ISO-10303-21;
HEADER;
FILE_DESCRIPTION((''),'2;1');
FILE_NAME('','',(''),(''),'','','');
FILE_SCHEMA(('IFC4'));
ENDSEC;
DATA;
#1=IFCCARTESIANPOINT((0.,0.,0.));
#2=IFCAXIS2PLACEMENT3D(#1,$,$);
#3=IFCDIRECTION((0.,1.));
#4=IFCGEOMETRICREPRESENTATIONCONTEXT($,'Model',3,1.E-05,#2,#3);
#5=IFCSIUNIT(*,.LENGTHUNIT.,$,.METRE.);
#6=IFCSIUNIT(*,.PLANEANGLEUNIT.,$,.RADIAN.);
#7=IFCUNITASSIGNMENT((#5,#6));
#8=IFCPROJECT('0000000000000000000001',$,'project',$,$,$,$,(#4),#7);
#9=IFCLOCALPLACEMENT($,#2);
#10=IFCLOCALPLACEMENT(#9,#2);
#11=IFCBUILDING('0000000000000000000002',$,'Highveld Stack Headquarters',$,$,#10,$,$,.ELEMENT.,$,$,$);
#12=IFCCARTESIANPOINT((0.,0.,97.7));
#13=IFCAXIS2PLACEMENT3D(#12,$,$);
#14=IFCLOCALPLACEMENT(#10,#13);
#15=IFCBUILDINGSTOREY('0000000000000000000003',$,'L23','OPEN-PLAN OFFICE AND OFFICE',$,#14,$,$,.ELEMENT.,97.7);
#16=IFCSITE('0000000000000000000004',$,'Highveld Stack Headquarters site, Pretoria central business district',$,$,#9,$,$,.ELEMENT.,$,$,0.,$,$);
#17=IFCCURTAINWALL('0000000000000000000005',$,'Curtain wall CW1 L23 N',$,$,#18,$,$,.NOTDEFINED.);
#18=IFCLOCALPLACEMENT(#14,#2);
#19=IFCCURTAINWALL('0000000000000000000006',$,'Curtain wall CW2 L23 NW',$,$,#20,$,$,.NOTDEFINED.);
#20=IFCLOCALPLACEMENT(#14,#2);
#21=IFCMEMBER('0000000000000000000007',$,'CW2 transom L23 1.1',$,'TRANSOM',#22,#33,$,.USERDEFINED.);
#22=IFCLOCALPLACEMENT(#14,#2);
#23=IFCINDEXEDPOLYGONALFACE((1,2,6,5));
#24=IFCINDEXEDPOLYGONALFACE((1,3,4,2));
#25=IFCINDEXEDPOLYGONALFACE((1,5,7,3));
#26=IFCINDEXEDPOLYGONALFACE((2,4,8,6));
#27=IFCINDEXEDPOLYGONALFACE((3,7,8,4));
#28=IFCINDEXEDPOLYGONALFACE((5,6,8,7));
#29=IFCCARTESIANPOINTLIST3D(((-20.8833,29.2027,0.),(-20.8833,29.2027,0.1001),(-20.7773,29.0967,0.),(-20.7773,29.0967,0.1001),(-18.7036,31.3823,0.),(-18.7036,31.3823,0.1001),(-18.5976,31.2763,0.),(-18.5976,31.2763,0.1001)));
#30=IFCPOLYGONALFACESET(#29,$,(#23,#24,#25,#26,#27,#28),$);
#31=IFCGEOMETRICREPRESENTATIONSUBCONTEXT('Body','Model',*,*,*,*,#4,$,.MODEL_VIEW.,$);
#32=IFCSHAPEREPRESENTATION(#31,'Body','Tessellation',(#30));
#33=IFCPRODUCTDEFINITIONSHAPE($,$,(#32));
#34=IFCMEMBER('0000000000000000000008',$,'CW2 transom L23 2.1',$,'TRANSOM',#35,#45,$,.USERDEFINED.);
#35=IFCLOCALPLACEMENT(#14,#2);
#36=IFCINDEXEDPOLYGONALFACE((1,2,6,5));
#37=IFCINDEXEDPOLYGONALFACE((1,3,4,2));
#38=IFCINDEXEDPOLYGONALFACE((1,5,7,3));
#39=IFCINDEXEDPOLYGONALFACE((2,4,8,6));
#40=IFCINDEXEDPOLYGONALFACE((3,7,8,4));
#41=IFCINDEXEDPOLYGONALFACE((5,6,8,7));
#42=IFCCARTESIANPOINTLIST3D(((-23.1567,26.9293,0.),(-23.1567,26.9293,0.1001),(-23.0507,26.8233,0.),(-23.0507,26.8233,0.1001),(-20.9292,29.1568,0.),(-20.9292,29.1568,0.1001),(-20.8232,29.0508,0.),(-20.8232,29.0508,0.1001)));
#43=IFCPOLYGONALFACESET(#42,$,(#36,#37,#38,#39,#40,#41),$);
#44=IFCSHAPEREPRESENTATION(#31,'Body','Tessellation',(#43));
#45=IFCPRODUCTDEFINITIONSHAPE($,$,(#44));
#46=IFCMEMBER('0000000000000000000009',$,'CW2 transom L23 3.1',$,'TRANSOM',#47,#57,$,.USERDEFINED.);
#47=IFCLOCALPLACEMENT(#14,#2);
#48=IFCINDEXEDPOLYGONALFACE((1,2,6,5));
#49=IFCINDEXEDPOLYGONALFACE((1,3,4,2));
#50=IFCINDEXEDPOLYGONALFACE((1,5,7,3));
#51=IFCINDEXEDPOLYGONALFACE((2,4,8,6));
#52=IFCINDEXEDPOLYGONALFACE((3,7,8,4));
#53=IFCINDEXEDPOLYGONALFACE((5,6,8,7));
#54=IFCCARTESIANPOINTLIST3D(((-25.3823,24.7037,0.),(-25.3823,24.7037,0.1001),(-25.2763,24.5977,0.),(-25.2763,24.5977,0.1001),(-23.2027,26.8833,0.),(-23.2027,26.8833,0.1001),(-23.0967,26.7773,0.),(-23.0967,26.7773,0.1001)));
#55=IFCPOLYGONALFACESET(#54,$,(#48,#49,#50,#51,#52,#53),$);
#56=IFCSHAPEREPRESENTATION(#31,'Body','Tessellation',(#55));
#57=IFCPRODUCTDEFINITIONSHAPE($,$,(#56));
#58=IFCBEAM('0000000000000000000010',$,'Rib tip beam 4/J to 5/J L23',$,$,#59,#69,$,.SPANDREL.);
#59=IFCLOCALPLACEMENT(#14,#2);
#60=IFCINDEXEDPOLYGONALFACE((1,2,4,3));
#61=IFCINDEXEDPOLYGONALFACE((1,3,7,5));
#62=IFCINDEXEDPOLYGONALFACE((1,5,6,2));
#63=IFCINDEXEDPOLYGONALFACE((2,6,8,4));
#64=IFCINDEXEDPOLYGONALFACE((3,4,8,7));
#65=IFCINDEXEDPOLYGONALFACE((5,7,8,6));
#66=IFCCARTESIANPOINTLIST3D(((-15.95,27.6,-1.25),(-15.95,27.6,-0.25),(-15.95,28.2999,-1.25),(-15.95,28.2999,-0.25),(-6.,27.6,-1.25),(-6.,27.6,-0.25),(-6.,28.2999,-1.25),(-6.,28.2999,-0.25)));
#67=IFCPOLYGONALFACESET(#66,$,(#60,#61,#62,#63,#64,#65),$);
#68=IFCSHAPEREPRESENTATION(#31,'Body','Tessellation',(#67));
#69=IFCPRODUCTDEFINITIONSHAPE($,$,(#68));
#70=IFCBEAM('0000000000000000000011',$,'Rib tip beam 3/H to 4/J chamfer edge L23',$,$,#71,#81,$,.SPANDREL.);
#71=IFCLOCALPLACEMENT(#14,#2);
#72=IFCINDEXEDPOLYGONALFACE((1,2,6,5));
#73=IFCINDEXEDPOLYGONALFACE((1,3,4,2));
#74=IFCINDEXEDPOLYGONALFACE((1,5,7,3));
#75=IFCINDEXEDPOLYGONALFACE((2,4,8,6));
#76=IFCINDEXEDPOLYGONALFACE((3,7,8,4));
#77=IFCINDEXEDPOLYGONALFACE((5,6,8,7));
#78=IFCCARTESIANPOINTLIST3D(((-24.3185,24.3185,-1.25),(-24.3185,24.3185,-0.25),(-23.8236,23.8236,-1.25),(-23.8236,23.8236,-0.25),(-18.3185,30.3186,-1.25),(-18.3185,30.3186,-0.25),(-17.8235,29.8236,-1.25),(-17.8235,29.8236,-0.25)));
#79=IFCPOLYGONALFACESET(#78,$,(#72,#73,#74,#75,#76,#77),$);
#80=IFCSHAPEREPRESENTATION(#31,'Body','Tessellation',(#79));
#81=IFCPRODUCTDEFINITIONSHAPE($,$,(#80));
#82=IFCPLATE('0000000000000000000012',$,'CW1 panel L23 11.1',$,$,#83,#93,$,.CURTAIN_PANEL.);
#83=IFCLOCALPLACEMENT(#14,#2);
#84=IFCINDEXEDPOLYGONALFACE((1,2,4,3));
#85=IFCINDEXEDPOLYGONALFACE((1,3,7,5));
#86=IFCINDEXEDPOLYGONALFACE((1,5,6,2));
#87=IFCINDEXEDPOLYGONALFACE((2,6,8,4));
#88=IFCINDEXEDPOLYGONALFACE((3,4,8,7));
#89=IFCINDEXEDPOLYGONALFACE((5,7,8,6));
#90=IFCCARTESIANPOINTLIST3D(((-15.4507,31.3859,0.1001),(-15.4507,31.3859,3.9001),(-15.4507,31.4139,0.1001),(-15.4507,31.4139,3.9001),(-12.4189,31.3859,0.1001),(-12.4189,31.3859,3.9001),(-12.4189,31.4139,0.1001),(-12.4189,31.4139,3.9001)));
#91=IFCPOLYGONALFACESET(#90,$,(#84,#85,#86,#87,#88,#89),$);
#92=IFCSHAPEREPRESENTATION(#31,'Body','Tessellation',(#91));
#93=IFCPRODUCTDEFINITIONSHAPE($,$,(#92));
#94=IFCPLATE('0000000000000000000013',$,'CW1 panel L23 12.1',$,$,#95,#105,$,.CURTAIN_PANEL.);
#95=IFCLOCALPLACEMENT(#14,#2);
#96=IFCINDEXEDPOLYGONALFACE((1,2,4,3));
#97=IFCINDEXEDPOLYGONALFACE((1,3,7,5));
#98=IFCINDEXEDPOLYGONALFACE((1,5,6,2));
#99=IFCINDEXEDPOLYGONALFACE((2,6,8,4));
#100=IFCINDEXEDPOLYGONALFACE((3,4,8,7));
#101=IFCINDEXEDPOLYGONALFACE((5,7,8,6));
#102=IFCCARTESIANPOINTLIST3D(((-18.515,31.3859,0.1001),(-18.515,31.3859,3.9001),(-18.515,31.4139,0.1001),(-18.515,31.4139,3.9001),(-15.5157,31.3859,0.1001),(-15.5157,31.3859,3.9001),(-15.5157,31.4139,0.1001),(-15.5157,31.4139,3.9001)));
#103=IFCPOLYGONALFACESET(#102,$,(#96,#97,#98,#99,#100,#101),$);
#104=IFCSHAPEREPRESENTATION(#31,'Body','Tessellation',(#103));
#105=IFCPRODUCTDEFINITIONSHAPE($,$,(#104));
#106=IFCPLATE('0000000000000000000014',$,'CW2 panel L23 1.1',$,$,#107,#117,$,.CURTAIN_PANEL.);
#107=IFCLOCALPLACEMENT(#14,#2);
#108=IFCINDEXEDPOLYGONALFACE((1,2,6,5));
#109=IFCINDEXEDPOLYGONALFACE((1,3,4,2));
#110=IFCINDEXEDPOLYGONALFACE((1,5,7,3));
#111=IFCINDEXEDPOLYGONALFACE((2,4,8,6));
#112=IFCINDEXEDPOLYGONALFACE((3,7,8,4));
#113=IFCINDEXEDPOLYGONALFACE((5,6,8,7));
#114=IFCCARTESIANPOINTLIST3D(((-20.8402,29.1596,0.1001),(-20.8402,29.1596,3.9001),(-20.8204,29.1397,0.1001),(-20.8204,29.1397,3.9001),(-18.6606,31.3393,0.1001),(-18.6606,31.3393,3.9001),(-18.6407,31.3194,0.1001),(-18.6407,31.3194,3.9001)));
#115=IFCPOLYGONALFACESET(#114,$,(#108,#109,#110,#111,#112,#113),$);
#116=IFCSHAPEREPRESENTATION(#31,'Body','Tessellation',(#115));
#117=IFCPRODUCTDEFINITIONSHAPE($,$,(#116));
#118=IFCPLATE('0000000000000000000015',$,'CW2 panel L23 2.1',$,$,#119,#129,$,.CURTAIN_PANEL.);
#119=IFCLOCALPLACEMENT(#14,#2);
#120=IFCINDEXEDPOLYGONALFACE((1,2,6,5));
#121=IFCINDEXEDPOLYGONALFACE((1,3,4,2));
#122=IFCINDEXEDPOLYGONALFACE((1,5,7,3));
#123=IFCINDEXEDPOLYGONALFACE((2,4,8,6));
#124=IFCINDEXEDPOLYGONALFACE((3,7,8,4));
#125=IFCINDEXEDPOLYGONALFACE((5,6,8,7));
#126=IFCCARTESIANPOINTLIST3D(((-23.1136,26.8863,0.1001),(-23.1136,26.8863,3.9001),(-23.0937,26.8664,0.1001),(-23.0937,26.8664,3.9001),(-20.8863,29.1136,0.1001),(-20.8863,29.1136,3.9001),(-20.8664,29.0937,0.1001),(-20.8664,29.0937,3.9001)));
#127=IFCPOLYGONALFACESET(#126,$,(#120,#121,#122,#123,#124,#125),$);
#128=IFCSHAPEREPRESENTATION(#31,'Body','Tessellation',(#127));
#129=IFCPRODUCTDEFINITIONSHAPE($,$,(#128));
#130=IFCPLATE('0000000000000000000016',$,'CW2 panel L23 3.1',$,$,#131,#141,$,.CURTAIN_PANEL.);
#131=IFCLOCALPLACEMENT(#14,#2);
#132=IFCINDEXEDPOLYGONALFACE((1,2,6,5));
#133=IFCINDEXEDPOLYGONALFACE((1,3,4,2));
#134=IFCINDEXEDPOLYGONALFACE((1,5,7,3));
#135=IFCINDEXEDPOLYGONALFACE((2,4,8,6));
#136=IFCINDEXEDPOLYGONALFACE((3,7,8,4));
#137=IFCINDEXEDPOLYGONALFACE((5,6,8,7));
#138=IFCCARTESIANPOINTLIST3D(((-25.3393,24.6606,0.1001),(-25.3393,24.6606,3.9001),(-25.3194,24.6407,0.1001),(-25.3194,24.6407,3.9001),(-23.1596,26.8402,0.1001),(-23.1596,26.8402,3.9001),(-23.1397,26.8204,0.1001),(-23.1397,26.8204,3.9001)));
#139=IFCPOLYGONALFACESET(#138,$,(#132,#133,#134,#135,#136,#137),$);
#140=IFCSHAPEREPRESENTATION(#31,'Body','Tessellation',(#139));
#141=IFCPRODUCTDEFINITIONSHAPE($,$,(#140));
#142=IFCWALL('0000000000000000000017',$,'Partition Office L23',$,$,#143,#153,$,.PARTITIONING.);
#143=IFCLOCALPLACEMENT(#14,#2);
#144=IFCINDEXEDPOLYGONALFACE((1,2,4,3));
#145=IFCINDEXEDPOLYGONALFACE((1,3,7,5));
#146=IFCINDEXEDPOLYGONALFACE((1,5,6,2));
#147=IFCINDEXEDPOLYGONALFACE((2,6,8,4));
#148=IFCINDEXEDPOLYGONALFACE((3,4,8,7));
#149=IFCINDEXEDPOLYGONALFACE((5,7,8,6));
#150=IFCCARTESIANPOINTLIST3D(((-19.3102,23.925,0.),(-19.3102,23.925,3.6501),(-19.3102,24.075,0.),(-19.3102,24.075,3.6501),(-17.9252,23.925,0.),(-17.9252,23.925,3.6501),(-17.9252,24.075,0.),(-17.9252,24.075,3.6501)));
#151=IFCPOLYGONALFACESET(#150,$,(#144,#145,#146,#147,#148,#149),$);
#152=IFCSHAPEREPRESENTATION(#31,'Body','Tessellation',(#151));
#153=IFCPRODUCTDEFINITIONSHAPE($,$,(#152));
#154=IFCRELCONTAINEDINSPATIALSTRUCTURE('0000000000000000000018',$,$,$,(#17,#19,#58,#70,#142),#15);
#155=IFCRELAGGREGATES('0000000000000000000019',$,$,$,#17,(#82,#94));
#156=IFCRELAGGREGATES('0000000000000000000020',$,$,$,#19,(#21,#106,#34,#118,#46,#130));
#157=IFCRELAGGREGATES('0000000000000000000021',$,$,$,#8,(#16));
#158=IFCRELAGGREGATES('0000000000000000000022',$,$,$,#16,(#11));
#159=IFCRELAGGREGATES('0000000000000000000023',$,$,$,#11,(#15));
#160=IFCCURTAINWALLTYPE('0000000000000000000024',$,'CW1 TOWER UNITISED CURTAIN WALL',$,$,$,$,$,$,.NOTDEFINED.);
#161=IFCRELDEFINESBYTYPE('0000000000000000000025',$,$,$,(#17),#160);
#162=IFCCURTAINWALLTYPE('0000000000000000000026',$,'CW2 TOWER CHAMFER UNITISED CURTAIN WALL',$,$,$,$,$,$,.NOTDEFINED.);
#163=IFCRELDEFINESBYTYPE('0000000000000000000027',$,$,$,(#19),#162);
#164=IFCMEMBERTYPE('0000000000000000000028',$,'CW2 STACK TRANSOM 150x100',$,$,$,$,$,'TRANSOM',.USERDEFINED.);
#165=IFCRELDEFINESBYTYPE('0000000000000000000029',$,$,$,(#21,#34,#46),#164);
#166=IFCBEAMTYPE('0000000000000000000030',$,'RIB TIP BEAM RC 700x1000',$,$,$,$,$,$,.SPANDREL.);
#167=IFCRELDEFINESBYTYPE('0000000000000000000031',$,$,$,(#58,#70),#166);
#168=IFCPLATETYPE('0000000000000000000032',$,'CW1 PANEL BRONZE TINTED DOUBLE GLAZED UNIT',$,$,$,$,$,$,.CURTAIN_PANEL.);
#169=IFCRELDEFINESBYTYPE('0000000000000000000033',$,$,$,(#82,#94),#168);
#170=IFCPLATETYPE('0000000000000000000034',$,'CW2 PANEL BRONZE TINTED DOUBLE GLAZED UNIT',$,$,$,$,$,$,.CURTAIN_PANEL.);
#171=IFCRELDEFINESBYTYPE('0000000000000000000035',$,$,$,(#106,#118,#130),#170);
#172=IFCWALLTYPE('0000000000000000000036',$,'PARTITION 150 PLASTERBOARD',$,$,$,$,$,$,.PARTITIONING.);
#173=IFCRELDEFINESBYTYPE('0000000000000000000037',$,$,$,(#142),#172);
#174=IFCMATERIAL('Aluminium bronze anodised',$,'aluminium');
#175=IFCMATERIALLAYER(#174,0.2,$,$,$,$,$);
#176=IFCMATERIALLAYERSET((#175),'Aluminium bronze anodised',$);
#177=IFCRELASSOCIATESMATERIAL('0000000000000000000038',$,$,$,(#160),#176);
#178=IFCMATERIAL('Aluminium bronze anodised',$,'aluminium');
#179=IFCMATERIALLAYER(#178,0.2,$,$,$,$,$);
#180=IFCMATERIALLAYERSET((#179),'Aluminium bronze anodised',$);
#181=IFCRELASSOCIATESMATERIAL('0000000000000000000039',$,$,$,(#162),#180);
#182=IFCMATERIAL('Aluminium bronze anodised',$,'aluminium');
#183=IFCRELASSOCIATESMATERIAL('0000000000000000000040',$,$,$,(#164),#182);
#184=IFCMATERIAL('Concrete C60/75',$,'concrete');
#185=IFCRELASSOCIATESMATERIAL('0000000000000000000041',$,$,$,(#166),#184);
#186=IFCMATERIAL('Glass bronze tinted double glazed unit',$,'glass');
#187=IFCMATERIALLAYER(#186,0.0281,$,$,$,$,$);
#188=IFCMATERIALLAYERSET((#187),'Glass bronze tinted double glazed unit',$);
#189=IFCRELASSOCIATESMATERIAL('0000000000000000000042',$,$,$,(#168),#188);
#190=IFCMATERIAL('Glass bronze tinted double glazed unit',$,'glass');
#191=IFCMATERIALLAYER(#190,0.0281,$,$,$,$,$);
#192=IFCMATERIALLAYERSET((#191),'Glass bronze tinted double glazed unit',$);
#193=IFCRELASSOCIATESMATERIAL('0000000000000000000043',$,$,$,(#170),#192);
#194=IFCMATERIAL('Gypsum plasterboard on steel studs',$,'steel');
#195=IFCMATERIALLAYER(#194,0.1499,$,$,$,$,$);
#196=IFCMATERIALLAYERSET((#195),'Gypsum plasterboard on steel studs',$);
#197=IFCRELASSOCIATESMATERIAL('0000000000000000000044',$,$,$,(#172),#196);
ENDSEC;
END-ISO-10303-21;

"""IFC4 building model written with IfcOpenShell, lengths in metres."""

from ifc_helpers import new_model, si_unit, direction, frame, frame_2d, origin, origin_2d, place, context, subcontext, project, spatial, rectangle, extrude, material, layer, layer_set, material_profile, profile_set, type_object, element, aggregate, save


model = new_model("IFC4")

# Units and contexts
model_context = context("Model", 3, precision=1e-05, world=origin(), true_north=direction((0.0, 1.0)))
body_context = subcontext(model_context, "Body", "Model", "MODEL_VIEW")
ifc_project = project(units=[si_unit("LENGTHUNIT", "METRE"), si_unit("PLANEANGLEUNIT", "RADIAN")], contexts=[model_context])

# Site, building, storey
site_placement = place(None, origin())
site = spatial("IfcSite", under=ifc_project, at=site_placement, Name="Highveld Stack Headquarters site, Pretoria central business district", CompositionType="ELEMENT", RefElevation=0.0)
building_placement = place(site_placement, origin())
building = spatial("IfcBuilding", under=site, at=building_placement, Name="Highveld Stack Headquarters", CompositionType="ELEMENT")
storey_placement = place(building_placement, frame((0.0, 0.0, 97.7)))
storey = spatial("IfcBuildingStorey", under=building, at=storey_placement, Name="L23", Description="OPEN-PLAN OFFICE AND OFFICE", CompositionType="ELEMENT", Elevation=97.7)

# Curtain wall
ifc_material_1 = material(Name="Aluminium bronze anodised", Category="aluminium")
ifc_layer_1 = layer(ifc_material_1, 0.2)
ifc_layer_set_1 = layer_set([ifc_layer_1], Name="Aluminium bronze anodised")
curtain_wall_type_1 = type_object("IfcCurtainWallType", Name="CW1 TOWER UNITISED CURTAIN WALL", PredefinedType="NOTDEFINED", material=ifc_layer_set_1)
curtain_wall_1_placement = place(storey_placement, origin())
curtain_wall_1 = element("IfcCurtainWall", 1, at=curtain_wall_1_placement, inside=storey, type_object=curtain_wall_type_1, Name="Curtain wall CW1 L23 N", PredefinedType="NOTDEFINED")

# Curtain wall, members
ifc_material_2 = material(Name="Aluminium bronze anodised", Category="aluminium")
ifc_layer_2 = layer(ifc_material_2, 0.2)
ifc_layer_set_2 = layer_set([ifc_layer_2], Name="Aluminium bronze anodised")
curtain_wall_type_2 = type_object("IfcCurtainWallType", Name="CW2 TOWER CHAMFER UNITISED CURTAIN WALL", PredefinedType="NOTDEFINED", material=ifc_layer_set_2)
curtain_wall_2_placement = place(storey_placement, origin())
curtain_wall_2 = element("IfcCurtainWall", 2, at=curtain_wall_2_placement, inside=storey, type_object=curtain_wall_type_2, Name="Curtain wall CW2 L23 NW", PredefinedType="NOTDEFINED")
ifc_material_3 = material(Name="Aluminium bronze anodised", Category="aluminium")
ifc_material_profile_1 = material_profile(ifc_material_3, rectangle(XDim=0.1499, YDim=0.1001, at=origin_2d()), Name="CW2 TRANSOM 150x100")
ifc_profile_set_1 = profile_set([ifc_material_profile_1], Name="Aluminium bronze anodised")
member_type_1 = type_object("IfcMemberType", Name="CW2 STACK TRANSOM 150x100", ElementType="TRANSOM", PredefinedType="USERDEFINED", material=ifc_profile_set_1)
member_1_placement = place(storey_placement, frame((-18.6506, 31.3293, 0.05), z_axis=(-0.707107, -0.707107, 0.0), x_axis=(0.707107, -0.707107, 0.0)))
member_1 = element("IfcMember", 3, at=member_1_placement, type_object=member_type_1, Name="CW2 transom L23 1.1", ObjectType="TRANSOM", PredefinedType="USERDEFINED", context=body_context, shape_type="SweptSolid", body=[
    extrude(rectangle(XDim=0.1499, YDim=0.1001, at=origin_2d()), origin(), (0.0, 0.0, 1.0), 3.0825),
])
member_2_placement = place(storey_placement, frame((-20.8762, 29.1038, 0.05), z_axis=(-0.707107, -0.707107, 0.0), x_axis=(0.707107, -0.707107, 0.0)))
member_2 = element("IfcMember", 4, at=member_2_placement, type_object=member_type_1, Name="CW2 transom L23 2.1", ObjectType="TRANSOM", PredefinedType="USERDEFINED", context=body_context, shape_type="SweptSolid", body=[
    extrude(rectangle(XDim=0.1499, YDim=0.1001, at=origin_2d()), origin(), (0.0, 0.0, 1.0), 3.1501),
])
member_3_placement = place(storey_placement, frame((-23.1497, 26.8303, 0.05), z_axis=(-0.707107, -0.707107, 0.0), x_axis=(0.707107, -0.707107, 0.0)))
member_3 = element("IfcMember", 5, at=member_3_placement, type_object=member_type_1, Name="CW2 transom L23 3.1", ObjectType="TRANSOM", PredefinedType="USERDEFINED", context=body_context, shape_type="SweptSolid", body=[
    extrude(rectangle(XDim=0.1499, YDim=0.1001, at=origin_2d()), origin(), (0.0, 0.0, 1.0), 3.0825),
])

# Beams
ifc_material_4 = material(Name="Concrete C60/75", Category="concrete")
ifc_material_profile_2 = material_profile(ifc_material_4, rectangle(XDim=0.7, YDim=1.0, at=origin_2d()), Name="RC 700x1000")
ifc_profile_set_2 = profile_set([ifc_material_profile_2], Name="Concrete C60/75")
beam_type = type_object("IfcBeamType", Name="RIB TIP BEAM RC 700x1000", PredefinedType="SPANDREL", material=ifc_profile_set_2)
beam_1_placement = place(storey_placement, frame((-15.95, 27.95, -0.75), z_axis=(1.0, 0.0, 0.0), x_axis=(0.0, 1.0, 0.0)))
element("IfcBeam", 6, at=beam_1_placement, inside=storey, type_object=beam_type, Name="Rib tip beam 4/J to 5/J L23", PredefinedType="SPANDREL", context=body_context, shape_type="SweptSolid", body=[
    extrude(rectangle(XDim=0.7, YDim=1.0, at=origin_2d()), origin(), (0.0, 0.0, 1.0), 9.95),
])
beam_2_placement = place(storey_placement, frame((-24.071, 24.071, -0.75), z_axis=(0.707107, 0.707107, 0.0), x_axis=(-0.707107, 0.707107, 0.0)))
element("IfcBeam", 7, at=beam_2_placement, inside=storey, type_object=beam_type, Name="Rib tip beam 3/H to 4/J chamfer edge L23", PredefinedType="SPANDREL", context=body_context, shape_type="SweptSolid", body=[
    extrude(rectangle(XDim=0.7, YDim=1.0, at=origin_2d()), origin(), (0.0, 0.0, 1.0), 8.4854),
])

# Plates
ifc_material_5 = material(Name="Glass bronze tinted double glazed unit", Category="glass")
ifc_layer_3 = layer(ifc_material_5, 0.0281)
ifc_layer_set_3 = layer_set([ifc_layer_3], Name="Glass bronze tinted double glazed unit")
plate_type_1 = type_object("IfcPlateType", Name="CW1 PANEL BRONZE TINTED DOUBLE GLAZED UNIT", PredefinedType="CURTAIN_PANEL", material=ifc_layer_set_3)
plate_1_placement = place(storey_placement, frame((-13.9348, 31.3999, 0.1001), z_axis=(0.0, 0.0, 1.0), x_axis=(-1.0, 0.0, 0.0)))
plate_1 = element("IfcPlate", 8, at=plate_1_placement, type_object=plate_type_1, Name="CW1 panel L23 11.1", PredefinedType="CURTAIN_PANEL", context=body_context, shape_type="SweptSolid", body=[
    extrude(rectangle(XDim=3.0317, YDim=0.0281, at=origin_2d()), origin(), (0.0, 0.0, 1.0), 3.8),
])
plate_2_placement = place(storey_placement, frame((-17.0154, 31.3999, 0.1001), z_axis=(0.0, 0.0, 1.0), x_axis=(-1.0, 0.0, 0.0)))
plate_2 = element("IfcPlate", 9, at=plate_2_placement, type_object=plate_type_1, Name="CW1 panel L23 12.1", PredefinedType="CURTAIN_PANEL", context=body_context, shape_type="SweptSolid", body=[
    extrude(rectangle(XDim=2.9993, YDim=0.0281, at=origin_2d()), origin(), (0.0, 0.0, 1.0), 3.8),
])
aggregate(curtain_wall_1, [plate_1, plate_2])
ifc_material_6 = material(Name="Glass bronze tinted double glazed unit", Category="glass")
ifc_layer_4 = layer(ifc_material_6, 0.0281)
ifc_layer_set_4 = layer_set([ifc_layer_4], Name="Glass bronze tinted double glazed unit")
plate_type_2 = type_object("IfcPlateType", Name="CW2 PANEL BRONZE TINTED DOUBLE GLAZED UNIT", PredefinedType="CURTAIN_PANEL", material=ifc_layer_set_4)
plate_3_placement = place(storey_placement, frame((-19.7405, 30.2395, 0.1001), z_axis=(0.0, 0.0, 1.0), x_axis=(-0.707107, -0.707107, 0.0)))
plate_3 = element("IfcPlate", 10, at=plate_3_placement, type_object=plate_type_2, Name="CW2 panel L23 1.1", PredefinedType="CURTAIN_PANEL", context=body_context, shape_type="SweptSolid", body=[
    extrude(rectangle(XDim=3.0825, YDim=0.0281, at=origin_2d()), origin(), (0.0, 0.0, 1.0), 3.8),
])
plate_4_placement = place(storey_placement, frame((-21.99, 27.99, 0.1001), z_axis=(0.0, 0.0, 1.0), x_axis=(-0.707107, -0.707107, 0.0)))
plate_4 = element("IfcPlate", 11, at=plate_4_placement, type_object=plate_type_2, Name="CW2 panel L23 2.1", PredefinedType="CURTAIN_PANEL", context=body_context, shape_type="SweptSolid", body=[
    extrude(rectangle(XDim=3.1499, YDim=0.0281, at=origin_2d()), origin(), (0.0, 0.0, 1.0), 3.8),
])
plate_5_placement = place(storey_placement, frame((-24.2395, 25.7405, 0.1001), z_axis=(0.0, 0.0, 1.0), x_axis=(-0.707107, -0.707107, 0.0)))
plate_5 = element("IfcPlate", 12, at=plate_5_placement, type_object=plate_type_2, Name="CW2 panel L23 3.1", PredefinedType="CURTAIN_PANEL", context=body_context, shape_type="SweptSolid", body=[
    extrude(rectangle(XDim=3.0825, YDim=0.0281, at=origin_2d()), origin(), (0.0, 0.0, 1.0), 3.8),
])
aggregate(curtain_wall_2, [member_1, plate_3, member_2, plate_4, member_3, plate_5])

# Wall
ifc_material_7 = material(Name="Gypsum plasterboard on steel studs", Category="steel")
ifc_layer_5 = layer(ifc_material_7, 0.1499)
ifc_layer_set_5 = layer_set([ifc_layer_5], Name="Gypsum plasterboard on steel studs")
wall_type = type_object("IfcWallType", Name="PARTITION 150 PLASTERBOARD", PredefinedType="PARTITIONING", material=ifc_layer_set_5)
wall_placement = place(storey_placement, frame((-19.3101, 24.0, 0.0), z_axis=(0.0, 0.0, 1.0), x_axis=(1.0, 0.0, 0.0)))
element("IfcWall", 13, at=wall_placement, inside=storey, type_object=wall_type, Name="Partition Office L23", PredefinedType="PARTITIONING", context=body_context, shape_type="SweptSolid", body=[
    extrude(rectangle(XDim=1.385, YDim=0.1499, at=frame_2d((0.6924, 0.0))), origin(), (0.0, 0.0, 1.0), 3.6501),
])

save(model, "model.ifc")
